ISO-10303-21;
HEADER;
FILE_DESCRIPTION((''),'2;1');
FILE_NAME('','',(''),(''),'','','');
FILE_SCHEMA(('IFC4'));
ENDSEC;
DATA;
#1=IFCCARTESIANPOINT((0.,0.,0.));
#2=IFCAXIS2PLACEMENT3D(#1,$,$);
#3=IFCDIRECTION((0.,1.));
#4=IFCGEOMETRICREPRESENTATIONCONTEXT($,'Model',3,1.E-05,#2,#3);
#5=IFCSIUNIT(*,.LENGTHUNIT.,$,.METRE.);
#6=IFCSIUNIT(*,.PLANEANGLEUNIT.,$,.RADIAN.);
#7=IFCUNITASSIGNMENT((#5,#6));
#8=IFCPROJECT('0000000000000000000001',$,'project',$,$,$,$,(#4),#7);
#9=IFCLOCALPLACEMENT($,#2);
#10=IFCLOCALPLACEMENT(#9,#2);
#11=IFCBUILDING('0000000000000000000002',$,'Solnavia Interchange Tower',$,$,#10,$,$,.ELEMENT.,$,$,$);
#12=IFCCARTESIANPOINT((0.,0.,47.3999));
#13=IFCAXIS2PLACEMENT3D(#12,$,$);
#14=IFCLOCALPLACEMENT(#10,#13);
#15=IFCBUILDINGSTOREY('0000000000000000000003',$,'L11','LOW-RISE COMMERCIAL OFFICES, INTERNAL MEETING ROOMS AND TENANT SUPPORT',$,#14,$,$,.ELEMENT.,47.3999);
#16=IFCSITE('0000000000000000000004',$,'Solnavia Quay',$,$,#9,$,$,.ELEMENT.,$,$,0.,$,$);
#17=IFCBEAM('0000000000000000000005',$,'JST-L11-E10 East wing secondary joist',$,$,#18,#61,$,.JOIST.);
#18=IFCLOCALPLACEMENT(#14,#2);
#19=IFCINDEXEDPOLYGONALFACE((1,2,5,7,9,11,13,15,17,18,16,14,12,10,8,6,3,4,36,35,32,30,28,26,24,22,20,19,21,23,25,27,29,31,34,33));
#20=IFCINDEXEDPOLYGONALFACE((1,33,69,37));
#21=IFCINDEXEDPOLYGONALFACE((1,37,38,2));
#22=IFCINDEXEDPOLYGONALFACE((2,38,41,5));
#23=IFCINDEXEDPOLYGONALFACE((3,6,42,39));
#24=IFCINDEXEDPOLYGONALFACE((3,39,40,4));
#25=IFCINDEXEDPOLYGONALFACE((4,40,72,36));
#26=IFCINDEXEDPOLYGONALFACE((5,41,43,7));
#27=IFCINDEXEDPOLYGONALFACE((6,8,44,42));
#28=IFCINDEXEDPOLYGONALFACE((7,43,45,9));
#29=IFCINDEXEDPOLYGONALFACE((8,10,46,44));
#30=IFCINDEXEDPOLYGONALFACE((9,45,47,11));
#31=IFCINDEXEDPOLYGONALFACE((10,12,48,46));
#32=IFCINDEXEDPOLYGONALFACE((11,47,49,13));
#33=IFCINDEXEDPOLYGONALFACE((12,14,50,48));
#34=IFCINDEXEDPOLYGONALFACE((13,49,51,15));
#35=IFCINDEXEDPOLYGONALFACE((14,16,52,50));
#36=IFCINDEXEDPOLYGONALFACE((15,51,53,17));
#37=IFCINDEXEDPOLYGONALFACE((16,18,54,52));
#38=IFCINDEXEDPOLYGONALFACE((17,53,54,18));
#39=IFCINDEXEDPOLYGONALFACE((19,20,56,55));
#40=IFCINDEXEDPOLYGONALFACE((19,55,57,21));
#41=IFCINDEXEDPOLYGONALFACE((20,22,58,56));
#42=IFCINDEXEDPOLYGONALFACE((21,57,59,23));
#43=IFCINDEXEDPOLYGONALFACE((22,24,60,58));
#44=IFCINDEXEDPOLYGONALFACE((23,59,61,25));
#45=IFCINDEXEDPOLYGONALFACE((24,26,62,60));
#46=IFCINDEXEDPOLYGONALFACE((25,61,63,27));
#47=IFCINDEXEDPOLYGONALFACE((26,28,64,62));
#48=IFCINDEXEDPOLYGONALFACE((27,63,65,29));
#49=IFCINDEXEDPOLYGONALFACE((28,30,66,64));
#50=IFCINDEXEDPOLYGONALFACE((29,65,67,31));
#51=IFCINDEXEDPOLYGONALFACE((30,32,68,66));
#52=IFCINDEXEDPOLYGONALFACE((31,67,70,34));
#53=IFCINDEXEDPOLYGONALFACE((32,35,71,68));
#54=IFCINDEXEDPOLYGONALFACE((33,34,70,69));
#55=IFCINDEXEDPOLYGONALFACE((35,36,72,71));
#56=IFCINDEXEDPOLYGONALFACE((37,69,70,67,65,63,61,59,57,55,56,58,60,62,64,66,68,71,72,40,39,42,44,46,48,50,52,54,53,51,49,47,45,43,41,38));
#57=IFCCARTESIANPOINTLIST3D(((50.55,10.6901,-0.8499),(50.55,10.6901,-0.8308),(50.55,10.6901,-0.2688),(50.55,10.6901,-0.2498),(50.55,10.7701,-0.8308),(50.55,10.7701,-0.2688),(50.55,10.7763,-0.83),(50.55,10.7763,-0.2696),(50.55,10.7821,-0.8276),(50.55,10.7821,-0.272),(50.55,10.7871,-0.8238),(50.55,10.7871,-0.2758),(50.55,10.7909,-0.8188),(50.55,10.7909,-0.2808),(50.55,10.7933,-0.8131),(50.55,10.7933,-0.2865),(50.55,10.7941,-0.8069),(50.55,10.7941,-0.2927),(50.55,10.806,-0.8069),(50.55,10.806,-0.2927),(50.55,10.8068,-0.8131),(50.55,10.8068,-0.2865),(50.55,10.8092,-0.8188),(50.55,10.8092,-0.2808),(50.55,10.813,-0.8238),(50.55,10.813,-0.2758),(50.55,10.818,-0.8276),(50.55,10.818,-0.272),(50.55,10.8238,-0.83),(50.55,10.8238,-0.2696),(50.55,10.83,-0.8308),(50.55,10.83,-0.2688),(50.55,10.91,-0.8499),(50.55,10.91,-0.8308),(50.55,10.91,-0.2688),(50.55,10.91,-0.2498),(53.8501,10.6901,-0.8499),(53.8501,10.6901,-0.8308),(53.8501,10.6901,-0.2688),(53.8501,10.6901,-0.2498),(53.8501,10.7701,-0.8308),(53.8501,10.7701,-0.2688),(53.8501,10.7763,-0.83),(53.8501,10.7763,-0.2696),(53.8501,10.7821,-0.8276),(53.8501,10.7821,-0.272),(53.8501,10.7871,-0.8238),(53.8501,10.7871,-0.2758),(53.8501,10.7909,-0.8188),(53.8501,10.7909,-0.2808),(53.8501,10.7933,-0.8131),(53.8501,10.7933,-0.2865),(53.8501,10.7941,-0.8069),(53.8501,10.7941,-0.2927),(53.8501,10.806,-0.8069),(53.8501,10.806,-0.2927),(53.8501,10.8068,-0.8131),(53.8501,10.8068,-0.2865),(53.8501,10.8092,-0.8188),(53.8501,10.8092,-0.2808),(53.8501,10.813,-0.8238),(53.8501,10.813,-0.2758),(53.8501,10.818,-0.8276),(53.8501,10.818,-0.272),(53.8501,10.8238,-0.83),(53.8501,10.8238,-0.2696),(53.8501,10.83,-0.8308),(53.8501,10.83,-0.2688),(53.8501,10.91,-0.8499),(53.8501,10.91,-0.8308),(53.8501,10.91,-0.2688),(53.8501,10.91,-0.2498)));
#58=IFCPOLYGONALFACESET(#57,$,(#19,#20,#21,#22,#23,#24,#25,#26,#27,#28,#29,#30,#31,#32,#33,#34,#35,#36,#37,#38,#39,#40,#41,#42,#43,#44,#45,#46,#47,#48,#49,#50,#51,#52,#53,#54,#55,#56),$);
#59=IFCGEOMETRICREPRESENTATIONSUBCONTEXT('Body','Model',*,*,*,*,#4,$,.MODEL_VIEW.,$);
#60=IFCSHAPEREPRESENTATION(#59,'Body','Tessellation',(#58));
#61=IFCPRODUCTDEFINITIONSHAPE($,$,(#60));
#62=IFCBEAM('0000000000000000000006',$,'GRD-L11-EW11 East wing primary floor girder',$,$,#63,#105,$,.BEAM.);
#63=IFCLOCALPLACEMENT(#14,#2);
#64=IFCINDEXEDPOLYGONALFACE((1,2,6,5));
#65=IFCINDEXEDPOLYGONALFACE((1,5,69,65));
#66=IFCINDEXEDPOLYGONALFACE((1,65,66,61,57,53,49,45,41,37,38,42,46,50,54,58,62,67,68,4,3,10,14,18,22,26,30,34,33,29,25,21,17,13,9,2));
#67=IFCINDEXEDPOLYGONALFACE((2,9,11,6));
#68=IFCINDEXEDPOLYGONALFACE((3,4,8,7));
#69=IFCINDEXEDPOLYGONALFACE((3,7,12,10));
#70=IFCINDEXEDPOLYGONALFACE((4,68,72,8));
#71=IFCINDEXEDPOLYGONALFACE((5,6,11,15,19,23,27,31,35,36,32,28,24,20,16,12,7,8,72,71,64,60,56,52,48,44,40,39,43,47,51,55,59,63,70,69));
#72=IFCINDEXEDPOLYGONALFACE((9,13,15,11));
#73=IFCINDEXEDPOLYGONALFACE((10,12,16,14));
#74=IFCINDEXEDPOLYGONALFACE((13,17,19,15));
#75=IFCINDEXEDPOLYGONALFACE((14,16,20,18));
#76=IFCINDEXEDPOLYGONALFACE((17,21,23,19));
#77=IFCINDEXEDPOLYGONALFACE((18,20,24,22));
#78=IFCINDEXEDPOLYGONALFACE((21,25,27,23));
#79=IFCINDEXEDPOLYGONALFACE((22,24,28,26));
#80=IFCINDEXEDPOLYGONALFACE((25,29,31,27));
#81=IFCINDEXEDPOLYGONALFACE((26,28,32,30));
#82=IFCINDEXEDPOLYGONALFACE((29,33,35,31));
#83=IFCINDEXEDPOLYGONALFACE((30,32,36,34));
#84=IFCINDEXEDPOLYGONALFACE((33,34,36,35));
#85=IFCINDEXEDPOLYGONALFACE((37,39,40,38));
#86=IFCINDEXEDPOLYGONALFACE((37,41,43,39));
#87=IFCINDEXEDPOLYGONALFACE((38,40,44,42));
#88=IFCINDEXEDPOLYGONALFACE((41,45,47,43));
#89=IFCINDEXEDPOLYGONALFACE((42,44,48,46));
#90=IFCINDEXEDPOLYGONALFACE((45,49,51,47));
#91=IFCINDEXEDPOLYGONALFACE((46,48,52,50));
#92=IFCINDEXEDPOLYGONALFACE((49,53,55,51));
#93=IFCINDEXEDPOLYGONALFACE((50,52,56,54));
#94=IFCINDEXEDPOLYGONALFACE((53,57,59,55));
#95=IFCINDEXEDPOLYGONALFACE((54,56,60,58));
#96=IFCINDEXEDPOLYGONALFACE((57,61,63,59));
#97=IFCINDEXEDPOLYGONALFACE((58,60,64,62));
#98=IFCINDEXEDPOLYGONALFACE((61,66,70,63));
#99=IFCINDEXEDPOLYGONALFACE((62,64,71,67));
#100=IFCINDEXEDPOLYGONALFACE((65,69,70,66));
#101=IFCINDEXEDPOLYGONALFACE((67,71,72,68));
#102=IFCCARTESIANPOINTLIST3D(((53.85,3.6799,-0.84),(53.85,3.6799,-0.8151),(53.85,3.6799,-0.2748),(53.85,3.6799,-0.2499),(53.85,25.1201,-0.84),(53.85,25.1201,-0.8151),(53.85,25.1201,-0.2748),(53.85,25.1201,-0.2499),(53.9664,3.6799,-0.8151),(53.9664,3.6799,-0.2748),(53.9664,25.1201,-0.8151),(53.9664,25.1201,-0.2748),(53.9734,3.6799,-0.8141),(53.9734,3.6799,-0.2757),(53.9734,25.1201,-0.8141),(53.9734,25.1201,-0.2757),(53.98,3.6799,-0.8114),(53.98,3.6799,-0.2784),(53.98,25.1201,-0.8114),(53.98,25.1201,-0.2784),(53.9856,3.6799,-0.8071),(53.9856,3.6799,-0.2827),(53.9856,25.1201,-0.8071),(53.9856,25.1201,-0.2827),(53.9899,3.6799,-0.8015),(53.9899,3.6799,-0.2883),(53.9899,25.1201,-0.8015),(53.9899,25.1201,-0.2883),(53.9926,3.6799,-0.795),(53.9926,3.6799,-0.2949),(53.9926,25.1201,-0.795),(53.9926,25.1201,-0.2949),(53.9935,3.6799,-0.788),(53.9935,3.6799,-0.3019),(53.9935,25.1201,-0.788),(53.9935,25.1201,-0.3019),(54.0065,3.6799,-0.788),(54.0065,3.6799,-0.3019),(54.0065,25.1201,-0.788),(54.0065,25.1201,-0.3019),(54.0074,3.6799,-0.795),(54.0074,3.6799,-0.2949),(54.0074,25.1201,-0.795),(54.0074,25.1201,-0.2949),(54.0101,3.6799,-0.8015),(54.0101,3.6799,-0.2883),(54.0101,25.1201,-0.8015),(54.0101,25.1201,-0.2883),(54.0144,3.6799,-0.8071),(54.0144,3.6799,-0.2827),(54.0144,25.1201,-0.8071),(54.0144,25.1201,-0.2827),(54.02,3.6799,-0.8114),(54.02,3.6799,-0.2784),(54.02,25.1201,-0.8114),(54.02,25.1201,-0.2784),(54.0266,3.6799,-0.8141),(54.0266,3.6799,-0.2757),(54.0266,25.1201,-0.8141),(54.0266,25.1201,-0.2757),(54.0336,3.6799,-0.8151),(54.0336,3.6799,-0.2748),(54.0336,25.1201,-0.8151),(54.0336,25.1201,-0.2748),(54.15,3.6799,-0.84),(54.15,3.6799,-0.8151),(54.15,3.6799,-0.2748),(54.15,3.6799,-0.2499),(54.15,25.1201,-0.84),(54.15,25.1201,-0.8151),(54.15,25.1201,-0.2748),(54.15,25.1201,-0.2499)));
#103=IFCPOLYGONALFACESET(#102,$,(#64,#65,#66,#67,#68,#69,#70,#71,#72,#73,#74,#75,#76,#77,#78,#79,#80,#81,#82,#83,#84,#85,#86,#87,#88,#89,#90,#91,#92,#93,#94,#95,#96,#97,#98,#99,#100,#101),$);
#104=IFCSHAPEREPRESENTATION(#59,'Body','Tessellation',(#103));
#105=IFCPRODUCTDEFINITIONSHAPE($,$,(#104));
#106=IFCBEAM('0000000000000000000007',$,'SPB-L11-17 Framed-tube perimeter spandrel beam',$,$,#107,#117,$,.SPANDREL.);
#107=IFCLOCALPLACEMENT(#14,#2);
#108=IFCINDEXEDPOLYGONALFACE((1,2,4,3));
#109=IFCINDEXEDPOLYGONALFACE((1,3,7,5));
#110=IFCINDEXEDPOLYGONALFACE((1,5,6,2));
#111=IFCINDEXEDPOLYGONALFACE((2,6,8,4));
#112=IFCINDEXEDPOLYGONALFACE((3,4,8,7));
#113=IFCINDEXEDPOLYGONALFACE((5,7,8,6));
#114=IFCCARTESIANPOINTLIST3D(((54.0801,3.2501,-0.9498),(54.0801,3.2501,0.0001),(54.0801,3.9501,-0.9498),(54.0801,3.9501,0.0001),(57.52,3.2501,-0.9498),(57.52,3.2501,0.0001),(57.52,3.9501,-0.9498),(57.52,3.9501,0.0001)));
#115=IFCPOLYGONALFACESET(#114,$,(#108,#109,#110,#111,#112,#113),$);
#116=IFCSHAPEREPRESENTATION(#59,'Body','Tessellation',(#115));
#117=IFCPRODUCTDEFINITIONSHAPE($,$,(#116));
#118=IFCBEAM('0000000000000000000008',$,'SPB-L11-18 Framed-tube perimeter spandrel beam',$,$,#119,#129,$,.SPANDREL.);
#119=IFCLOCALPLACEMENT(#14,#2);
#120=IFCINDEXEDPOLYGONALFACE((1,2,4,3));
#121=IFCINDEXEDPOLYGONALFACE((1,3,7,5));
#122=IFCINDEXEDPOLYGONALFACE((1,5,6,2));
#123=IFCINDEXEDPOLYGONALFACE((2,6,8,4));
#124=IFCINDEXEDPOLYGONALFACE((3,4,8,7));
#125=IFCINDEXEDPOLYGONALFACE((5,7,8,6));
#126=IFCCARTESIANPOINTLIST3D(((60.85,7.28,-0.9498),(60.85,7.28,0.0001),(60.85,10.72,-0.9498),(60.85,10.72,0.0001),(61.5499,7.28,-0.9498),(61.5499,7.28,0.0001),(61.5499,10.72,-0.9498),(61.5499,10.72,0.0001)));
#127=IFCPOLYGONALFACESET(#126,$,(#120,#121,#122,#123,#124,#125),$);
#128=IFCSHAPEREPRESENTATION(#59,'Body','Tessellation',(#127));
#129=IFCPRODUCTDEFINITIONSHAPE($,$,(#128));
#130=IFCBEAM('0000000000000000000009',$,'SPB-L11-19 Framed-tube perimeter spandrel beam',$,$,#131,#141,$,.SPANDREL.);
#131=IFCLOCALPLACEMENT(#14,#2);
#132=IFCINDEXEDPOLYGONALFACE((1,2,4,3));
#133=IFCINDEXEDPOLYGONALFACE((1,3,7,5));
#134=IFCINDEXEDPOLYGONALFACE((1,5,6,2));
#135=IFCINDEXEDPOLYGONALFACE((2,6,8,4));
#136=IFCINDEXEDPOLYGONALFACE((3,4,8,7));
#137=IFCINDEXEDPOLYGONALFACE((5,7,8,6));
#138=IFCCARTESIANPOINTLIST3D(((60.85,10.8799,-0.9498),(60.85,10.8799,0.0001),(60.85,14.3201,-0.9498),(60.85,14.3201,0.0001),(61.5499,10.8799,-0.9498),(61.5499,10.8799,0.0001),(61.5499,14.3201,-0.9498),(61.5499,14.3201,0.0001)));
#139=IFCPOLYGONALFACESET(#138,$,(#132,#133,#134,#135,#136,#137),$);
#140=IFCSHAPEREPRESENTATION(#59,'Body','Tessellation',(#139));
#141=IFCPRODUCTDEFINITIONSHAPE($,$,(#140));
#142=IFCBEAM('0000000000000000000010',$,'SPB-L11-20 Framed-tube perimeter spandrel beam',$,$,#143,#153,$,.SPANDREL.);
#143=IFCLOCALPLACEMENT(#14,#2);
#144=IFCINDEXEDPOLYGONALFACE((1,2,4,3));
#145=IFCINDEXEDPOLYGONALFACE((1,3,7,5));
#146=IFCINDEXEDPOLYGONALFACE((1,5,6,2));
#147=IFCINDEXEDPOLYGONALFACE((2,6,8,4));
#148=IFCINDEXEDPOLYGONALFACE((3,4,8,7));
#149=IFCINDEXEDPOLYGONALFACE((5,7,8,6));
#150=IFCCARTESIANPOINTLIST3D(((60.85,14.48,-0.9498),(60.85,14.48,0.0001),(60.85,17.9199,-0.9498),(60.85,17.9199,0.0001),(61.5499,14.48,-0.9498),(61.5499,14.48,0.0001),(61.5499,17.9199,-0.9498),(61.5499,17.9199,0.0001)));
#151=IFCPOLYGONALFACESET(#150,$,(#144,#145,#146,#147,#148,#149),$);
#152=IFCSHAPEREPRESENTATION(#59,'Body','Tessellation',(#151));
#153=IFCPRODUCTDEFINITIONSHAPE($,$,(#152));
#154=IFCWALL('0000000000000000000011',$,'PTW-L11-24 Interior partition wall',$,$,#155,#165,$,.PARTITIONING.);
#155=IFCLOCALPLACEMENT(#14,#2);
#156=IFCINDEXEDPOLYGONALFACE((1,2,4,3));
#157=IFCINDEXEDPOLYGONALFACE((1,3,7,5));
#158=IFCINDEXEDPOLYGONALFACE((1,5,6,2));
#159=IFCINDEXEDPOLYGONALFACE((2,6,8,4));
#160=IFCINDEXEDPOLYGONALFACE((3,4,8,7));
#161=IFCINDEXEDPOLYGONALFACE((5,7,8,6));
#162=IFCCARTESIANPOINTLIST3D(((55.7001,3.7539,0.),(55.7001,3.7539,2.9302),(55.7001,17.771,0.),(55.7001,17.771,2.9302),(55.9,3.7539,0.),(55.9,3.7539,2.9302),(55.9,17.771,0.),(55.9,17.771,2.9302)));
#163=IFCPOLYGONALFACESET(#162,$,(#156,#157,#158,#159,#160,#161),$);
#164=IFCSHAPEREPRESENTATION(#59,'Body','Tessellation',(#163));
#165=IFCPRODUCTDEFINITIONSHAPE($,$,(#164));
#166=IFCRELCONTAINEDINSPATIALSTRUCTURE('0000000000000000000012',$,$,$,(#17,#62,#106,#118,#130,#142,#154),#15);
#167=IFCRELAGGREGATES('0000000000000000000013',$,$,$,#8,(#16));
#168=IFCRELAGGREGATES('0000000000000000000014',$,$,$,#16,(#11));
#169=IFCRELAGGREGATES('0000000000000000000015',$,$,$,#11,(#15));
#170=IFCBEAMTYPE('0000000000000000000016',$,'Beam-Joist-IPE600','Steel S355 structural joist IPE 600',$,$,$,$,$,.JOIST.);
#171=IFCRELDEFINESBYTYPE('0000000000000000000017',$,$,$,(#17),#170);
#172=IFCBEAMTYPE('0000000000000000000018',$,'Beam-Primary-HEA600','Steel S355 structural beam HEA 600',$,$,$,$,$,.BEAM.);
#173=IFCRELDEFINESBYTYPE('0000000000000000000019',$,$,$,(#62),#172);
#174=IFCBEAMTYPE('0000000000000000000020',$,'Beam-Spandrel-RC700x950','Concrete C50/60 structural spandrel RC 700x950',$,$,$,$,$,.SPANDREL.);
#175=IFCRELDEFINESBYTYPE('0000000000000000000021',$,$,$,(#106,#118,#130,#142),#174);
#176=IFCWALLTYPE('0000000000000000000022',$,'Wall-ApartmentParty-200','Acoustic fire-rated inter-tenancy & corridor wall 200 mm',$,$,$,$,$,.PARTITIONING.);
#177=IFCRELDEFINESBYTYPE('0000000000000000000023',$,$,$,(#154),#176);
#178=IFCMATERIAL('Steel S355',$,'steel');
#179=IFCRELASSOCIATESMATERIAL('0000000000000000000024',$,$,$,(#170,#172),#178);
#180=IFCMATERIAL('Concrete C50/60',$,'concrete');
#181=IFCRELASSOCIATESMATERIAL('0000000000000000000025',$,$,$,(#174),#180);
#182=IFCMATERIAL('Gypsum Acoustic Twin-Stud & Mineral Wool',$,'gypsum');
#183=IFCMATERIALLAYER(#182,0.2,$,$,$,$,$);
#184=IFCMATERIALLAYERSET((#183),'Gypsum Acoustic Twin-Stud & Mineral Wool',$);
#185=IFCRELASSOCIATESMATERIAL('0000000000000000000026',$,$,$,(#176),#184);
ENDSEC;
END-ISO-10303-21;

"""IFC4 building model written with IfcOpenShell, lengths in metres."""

from ifc_helpers import new_model, si_unit, direction, frame, frame_2d, origin, origin_2d, place, context, subcontext, project, spatial, rectangle, i_section, extrude, material, layer, layer_set, material_profile, profile_set, type_object, element, save


model = new_model("IFC4")

# Units and contexts
model_context = context("Model", 3, precision=1e-05, world=origin(), true_north=direction((0.0, 1.0)))
body_context = subcontext(model_context, "Body", "Model", "MODEL_VIEW")
ifc_project = project(units=[si_unit("LENGTHUNIT", "METRE"), si_unit("PLANEANGLEUNIT", "RADIAN")], contexts=[model_context])

# Site, building, storey
site_placement = place(None, origin())
site = spatial("IfcSite", under=ifc_project, at=site_placement, Name="Solnavia Quay", CompositionType="ELEMENT", RefElevation=0.0)
building_placement = place(site_placement, origin())
building = spatial("IfcBuilding", under=site, at=building_placement, Name="Solnavia Interchange Tower", CompositionType="ELEMENT")
storey_placement = place(building_placement, frame((0.0, 0.0, 47.3999)))
storey = spatial("IfcBuildingStorey", under=building, at=storey_placement, Name="L11", Description="LOW-RISE COMMERCIAL OFFICES, INTERNAL MEETING ROOMS AND TENANT SUPPORT", CompositionType="ELEMENT", Elevation=47.3999)

# Beams
ifc_material_1 = material(Name="Steel S355", Category="steel")
ifc_material_profile_1 = material_profile(ifc_material_1, i_section(OverallWidth=0.22, OverallDepth=0.6001, WebThickness=0.012, FlangeThickness=0.019, FilletRadius=0.0239, at=origin_2d()), Name="IPE 600")
ifc_profile_set_1 = profile_set([ifc_material_profile_1], Name="Steel S355")
beam_type_1 = type_object("IfcBeamType", Name="Beam-Joist-IPE600", Description="Steel S355 structural joist IPE 600", PredefinedType="JOIST", material=ifc_profile_set_1)
beam_1_placement = place(storey_placement, frame((50.55, 10.8, -0.5498), z_axis=(1.0, 0.0, 0.0), x_axis=(0.0, 1.0, 0.0)))
element("IfcBeam", 1, at=beam_1_placement, inside=storey, type_object=beam_type_1, Name="JST-L11-E10 East wing secondary joist", PredefinedType="JOIST", context=body_context, shape_type="SweptSolid", body=[
    extrude(i_section(OverallWidth=0.22, OverallDepth=0.6001, WebThickness=0.012, FlangeThickness=0.019, FilletRadius=0.0239, at=origin_2d()), origin(), (0.0, 0.0, 1.0), 3.3),
])
ifc_material_profile_2 = material_profile(ifc_material_1, i_section(OverallWidth=0.3, OverallDepth=0.5901, WebThickness=0.0129, FlangeThickness=0.0249, FilletRadius=0.0271, at=origin_2d()), Name="HEA 600")
ifc_profile_set_2 = profile_set([ifc_material_profile_2], Name="Steel S355")
beam_type_2 = type_object("IfcBeamType", Name="Beam-Primary-HEA600", Description="Steel S355 structural beam HEA 600", PredefinedType="BEAM", material=ifc_profile_set_2)
beam_2_placement = place(storey_placement, frame((54.0, 3.6799, -0.5449), z_axis=(0.0, 1.0, 0.0), x_axis=(-1.0, 0.0, 0.0)))
element("IfcBeam", 2, at=beam_2_placement, inside=storey, type_object=beam_type_2, Name="GRD-L11-EW11 East wing primary floor girder", PredefinedType="BEAM", context=body_context, shape_type="SweptSolid", body=[
    extrude(i_section(OverallWidth=0.3, OverallDepth=0.5901, WebThickness=0.0129, FlangeThickness=0.0249, FilletRadius=0.0271, at=origin_2d()), origin(), (0.0, 0.0, 1.0), 21.4402),
])
ifc_material_2 = material(Name="Concrete C50/60", Category="concrete")
ifc_material_profile_3 = material_profile(ifc_material_2, rectangle(XDim=0.7, YDim=0.95, at=origin_2d()), Name="RC 700x950")
ifc_profile_set_3 = profile_set([ifc_material_profile_3], Name="Concrete C50/60")
beam_type_3 = type_object("IfcBeamType", Name="Beam-Spandrel-RC700x950", Description="Concrete C50/60 structural spandrel RC 700x950", PredefinedType="SPANDREL", material=ifc_profile_set_3)
for number, where, z_axis, x_axis, name in (
    (3, (54.0801, 3.6001, -0.4749), (1.0, 0.0, 0.0), (0.0, 1.0, 0.0), "SPB-L11-17 Framed-tube perimeter spandrel beam"),
    (4, (61.2, 7.28, -0.4749), (0.0, 1.0, 0.0), (-1.0, 0.0, 0.0), "SPB-L11-18 Framed-tube perimeter spandrel beam"),
):
    element("IfcBeam", number, at=place(storey_placement, frame(where, z_axis=z_axis, x_axis=x_axis)), inside=storey, type_object=beam_type_3, Name=name, PredefinedType="SPANDREL", context=body_context, shape_type="SweptSolid", body=[
        extrude(rectangle(XDim=0.7, YDim=0.95, at=origin_2d()), origin(), (0.0, 0.0, 1.0), 3.4399),
    ])
beam_3_placement = place(storey_placement, frame((61.2, 10.8799, -0.4749), z_axis=(0.0, 1.0, 0.0), x_axis=(-1.0, 0.0, 0.0)))
element("IfcBeam", 5, at=beam_3_placement, inside=storey, type_object=beam_type_3, Name="SPB-L11-19 Framed-tube perimeter spandrel beam", PredefinedType="SPANDREL", context=body_context, shape_type="SweptSolid", body=[
    extrude(rectangle(XDim=0.7, YDim=0.95, at=origin_2d()), origin(), (0.0, 0.0, 1.0), 3.4402),
])
beam_4_placement = place(storey_placement, frame((61.2, 14.48, -0.4749), z_axis=(0.0, 1.0, 0.0), x_axis=(-1.0, 0.0, 0.0)))
element("IfcBeam", 6, at=beam_4_placement, inside=storey, type_object=beam_type_3, Name="SPB-L11-20 Framed-tube perimeter spandrel beam", PredefinedType="SPANDREL", context=body_context, shape_type="SweptSolid", body=[
    extrude(rectangle(XDim=0.7, YDim=0.95, at=origin_2d()), origin(), (0.0, 0.0, 1.0), 3.4399),
])

# Wall
ifc_material_3 = material(Name="Gypsum Acoustic Twin-Stud & Mineral Wool", Category="gypsum")
ifc_layer_1 = layer(ifc_material_3, 0.2)
ifc_layer_set_1 = layer_set([ifc_layer_1], Name="Gypsum Acoustic Twin-Stud & Mineral Wool")
wall_type_1 = type_object("IfcWallType", Name="Wall-ApartmentParty-200", Description="Acoustic fire-rated inter-tenancy & corridor wall 200 mm", PredefinedType="PARTITIONING", material=ifc_layer_set_1)
wall_1_placement = place(storey_placement, frame((55.8, 3.7539, 0.0), z_axis=(0.0, 0.0, 1.0), x_axis=(0.0, 1.0, 0.0)))
element("IfcWall", 7, at=wall_1_placement, inside=storey, type_object=wall_type_1, Name="PTW-L11-24 Interior partition wall", PredefinedType="PARTITIONING", context=body_context, shape_type="SweptSolid", body=[
    extrude(rectangle(XDim=14.0171, YDim=0.2, at=frame_2d((7.0085, 0.0))), origin(), (0.0, 0.0, 1.0), 2.9302),
])

save(model, "model.ifc")
